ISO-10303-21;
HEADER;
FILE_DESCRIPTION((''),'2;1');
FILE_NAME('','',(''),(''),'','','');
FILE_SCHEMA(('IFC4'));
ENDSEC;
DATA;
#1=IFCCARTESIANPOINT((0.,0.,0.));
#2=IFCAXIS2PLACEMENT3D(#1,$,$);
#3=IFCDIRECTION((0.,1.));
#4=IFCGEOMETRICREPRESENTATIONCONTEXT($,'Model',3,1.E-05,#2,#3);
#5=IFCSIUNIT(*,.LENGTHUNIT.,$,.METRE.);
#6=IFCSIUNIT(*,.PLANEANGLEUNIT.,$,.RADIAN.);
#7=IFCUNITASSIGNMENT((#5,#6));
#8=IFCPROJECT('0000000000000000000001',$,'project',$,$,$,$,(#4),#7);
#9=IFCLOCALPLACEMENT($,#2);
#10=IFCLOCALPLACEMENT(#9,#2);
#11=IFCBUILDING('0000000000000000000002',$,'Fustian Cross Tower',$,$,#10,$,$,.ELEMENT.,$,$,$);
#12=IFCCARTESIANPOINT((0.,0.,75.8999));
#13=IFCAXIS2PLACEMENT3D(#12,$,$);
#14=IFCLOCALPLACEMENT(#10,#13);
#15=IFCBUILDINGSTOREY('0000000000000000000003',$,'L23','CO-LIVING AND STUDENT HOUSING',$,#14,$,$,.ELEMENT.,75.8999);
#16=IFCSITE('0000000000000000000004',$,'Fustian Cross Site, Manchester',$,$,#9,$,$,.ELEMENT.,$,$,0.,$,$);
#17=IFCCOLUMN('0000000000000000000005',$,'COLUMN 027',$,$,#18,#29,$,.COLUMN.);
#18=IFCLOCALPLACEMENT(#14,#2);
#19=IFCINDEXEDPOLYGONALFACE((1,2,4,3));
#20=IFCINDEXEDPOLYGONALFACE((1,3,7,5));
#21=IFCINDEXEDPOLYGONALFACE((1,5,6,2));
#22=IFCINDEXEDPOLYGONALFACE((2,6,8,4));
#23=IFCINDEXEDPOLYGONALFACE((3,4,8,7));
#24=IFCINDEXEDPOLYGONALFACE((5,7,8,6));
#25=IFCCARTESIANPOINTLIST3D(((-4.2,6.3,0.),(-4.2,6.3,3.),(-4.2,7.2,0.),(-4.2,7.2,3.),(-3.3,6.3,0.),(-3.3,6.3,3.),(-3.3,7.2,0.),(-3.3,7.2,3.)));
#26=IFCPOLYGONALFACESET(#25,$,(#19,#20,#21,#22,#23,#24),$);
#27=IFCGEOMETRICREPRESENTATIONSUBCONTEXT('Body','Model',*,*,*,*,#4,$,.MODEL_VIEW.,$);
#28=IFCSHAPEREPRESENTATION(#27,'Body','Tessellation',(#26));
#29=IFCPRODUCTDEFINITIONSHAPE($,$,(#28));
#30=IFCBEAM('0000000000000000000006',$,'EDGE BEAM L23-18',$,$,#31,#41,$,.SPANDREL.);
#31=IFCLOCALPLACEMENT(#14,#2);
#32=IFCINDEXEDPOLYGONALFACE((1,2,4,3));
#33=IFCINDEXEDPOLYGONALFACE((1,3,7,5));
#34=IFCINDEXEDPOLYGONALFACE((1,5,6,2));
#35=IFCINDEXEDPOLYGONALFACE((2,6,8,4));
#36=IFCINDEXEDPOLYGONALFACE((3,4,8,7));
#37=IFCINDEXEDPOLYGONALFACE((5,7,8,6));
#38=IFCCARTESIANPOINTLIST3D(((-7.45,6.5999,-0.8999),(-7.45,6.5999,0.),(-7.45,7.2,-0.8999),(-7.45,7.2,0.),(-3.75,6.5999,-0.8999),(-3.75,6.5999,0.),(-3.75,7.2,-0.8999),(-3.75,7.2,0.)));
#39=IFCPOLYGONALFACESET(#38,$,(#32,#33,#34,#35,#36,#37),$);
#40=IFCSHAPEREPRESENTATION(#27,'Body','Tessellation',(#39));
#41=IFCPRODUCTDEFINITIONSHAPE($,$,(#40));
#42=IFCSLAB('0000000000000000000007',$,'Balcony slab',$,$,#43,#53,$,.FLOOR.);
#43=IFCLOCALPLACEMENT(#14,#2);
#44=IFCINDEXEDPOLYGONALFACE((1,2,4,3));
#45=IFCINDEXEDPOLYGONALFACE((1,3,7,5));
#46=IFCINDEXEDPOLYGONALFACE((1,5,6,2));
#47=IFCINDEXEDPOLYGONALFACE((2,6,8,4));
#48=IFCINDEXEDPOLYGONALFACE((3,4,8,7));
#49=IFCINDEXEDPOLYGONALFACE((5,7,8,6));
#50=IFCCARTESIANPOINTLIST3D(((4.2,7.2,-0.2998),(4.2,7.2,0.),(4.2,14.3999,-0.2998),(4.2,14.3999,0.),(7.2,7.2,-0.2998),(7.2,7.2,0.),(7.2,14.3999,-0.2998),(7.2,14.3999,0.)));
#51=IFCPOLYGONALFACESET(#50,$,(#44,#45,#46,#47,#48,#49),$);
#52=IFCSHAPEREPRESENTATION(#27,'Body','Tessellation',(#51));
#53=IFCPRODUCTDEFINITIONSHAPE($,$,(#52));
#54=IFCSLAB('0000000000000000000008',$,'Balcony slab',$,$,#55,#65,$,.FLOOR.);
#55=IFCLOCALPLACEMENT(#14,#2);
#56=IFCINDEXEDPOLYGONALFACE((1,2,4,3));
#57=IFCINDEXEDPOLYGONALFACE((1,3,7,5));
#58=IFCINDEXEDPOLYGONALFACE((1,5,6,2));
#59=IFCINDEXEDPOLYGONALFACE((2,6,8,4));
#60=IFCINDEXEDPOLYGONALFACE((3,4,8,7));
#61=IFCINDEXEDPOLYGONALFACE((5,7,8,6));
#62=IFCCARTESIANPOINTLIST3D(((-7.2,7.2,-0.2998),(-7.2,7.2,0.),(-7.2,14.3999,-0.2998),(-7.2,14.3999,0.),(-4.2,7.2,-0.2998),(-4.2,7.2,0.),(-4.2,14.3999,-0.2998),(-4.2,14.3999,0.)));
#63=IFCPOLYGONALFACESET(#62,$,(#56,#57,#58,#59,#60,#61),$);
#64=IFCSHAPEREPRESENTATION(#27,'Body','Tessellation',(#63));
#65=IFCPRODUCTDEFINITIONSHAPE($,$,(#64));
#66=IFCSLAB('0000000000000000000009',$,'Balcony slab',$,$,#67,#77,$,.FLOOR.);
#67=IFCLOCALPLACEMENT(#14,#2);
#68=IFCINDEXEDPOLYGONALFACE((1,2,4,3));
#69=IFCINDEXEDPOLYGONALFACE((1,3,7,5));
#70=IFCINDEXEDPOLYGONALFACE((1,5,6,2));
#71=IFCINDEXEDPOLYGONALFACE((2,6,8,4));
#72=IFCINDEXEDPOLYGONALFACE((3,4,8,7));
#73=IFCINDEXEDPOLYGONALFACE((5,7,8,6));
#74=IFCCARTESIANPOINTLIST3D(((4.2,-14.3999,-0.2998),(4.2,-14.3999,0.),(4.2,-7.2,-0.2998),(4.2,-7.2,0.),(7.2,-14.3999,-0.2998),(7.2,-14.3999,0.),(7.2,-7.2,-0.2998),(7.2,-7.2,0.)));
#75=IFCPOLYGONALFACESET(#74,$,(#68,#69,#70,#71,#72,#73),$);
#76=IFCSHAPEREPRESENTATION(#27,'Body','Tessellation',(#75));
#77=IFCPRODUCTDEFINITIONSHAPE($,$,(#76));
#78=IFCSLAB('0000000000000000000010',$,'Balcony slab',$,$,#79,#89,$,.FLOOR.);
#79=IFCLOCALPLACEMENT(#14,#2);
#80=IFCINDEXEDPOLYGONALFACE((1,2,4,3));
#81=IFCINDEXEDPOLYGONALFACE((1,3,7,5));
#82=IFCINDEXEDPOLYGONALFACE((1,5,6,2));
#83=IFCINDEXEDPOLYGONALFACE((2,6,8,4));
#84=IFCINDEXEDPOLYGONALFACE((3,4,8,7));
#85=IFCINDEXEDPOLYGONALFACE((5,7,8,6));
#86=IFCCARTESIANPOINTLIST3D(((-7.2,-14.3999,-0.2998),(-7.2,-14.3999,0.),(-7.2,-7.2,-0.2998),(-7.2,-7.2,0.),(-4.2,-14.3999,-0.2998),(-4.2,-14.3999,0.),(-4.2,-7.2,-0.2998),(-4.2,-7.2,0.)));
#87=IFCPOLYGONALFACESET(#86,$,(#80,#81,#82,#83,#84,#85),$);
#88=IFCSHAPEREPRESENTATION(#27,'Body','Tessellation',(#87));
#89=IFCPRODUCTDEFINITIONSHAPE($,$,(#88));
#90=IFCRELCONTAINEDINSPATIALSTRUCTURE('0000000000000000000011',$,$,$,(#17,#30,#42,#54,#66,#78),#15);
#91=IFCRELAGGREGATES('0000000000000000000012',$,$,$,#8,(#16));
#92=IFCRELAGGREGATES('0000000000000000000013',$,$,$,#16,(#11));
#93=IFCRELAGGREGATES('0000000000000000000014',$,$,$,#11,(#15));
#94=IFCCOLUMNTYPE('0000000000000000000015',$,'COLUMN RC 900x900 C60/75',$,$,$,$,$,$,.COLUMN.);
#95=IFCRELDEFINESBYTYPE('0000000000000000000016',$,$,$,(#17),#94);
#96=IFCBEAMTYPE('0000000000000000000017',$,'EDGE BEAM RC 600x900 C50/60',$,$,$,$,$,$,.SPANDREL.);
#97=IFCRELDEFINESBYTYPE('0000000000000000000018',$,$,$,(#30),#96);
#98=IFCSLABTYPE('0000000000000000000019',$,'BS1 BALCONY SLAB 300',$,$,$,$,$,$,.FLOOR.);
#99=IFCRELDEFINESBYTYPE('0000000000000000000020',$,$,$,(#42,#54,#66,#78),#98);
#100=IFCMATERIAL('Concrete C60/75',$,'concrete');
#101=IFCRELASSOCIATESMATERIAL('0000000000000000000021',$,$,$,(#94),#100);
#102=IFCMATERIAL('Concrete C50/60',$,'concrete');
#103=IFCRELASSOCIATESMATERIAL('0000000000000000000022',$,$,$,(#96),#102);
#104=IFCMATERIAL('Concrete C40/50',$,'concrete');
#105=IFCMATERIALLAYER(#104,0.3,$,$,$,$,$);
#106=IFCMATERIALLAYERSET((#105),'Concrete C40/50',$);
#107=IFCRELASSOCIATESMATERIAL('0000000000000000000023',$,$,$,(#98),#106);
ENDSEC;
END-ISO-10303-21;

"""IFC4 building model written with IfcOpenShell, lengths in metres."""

from ifc_helpers import new_model, si_unit, direction, frame, origin, origin_2d, place, context, subcontext, project, spatial, polyline, rectangle, outline, extrude, material, layer, layer_set, material_profile, profile_set, type_object, element, save


model = new_model("IFC4")

# Units and contexts
model_context = context("Model", 3, precision=1e-05, world=origin(), true_north=direction((0.0, 1.0)))
body_context = subcontext(model_context, "Body", "Model", "MODEL_VIEW")
ifc_project = project(units=[si_unit("LENGTHUNIT", "METRE"), si_unit("PLANEANGLEUNIT", "RADIAN")], contexts=[model_context])

# Site, building, storey
site_placement = place(None, origin())
site = spatial("IfcSite", under=ifc_project, at=site_placement, Name="Fustian Cross Site, Manchester", CompositionType="ELEMENT", RefElevation=0.0)
building_placement = place(site_placement, origin())
building = spatial("IfcBuilding", under=site, at=building_placement, Name="Fustian Cross Tower", CompositionType="ELEMENT")
storey_placement = place(building_placement, frame((0.0, 0.0, 75.8999)))
storey = spatial("IfcBuildingStorey", under=building, at=storey_placement, Name="L23", Description="CO-LIVING AND STUDENT HOUSING", CompositionType="ELEMENT", Elevation=75.8999)

# Column
ifc_material_1 = material(Name="Concrete C60/75", Category="concrete")
ifc_material_profile_1 = material_profile(ifc_material_1, rectangle(XDim=0.8999, YDim=0.8999, at=origin_2d()), Name="RC 900x900")
ifc_profile_set_1 = profile_set([ifc_material_profile_1], Name="Concrete C60/75")
column_type = type_object("IfcColumnType", Name="COLUMN RC 900x900 C60/75", PredefinedType="COLUMN", material=ifc_profile_set_1)
column_placement = place(storey_placement, frame((-3.75, 6.75, 0.0), z_axis=(0.0, 0.0, 1.0), x_axis=(1.0, 0.0, 0.0)))
element("IfcColumn", 1, at=column_placement, inside=storey, type_object=column_type, Name="COLUMN 027", PredefinedType="COLUMN", context=body_context, shape_type="SweptSolid", body=[
    extrude(rectangle(XDim=0.8999, YDim=0.8999, at=origin_2d()), origin(), (0.0, 0.0, 1.0), 3.0),
])

# Beam
ifc_material_2 = material(Name="Concrete C50/60", Category="concrete")
ifc_material_profile_2 = material_profile(ifc_material_2, rectangle(XDim=0.6001, YDim=0.8999, at=origin_2d()), Name="RC 600x900")
ifc_profile_set_2 = profile_set([ifc_material_profile_2], Name="Concrete C50/60")
beam_type = type_object("IfcBeamType", Name="EDGE BEAM RC 600x900 C50/60", PredefinedType="SPANDREL", material=ifc_profile_set_2)
beam_placement = place(storey_placement, frame((-3.75, 6.8999, -0.45), z_axis=(-1.0, 0.0, 0.0), x_axis=(0.0, -1.0, 0.0)))
element("IfcBeam", 2, at=beam_placement, inside=storey, type_object=beam_type, Name="EDGE BEAM L23-18", PredefinedType="SPANDREL", context=body_context, shape_type="SweptSolid", body=[
    extrude(rectangle(XDim=0.6001, YDim=0.8999, at=origin_2d()), origin(), (0.0, 0.0, 1.0), 3.7),
])

# Slabs
ifc_material_3 = material(Name="Concrete C40/50", Category="concrete")
ifc_layer_1 = layer(ifc_material_3, 0.3)
ifc_layer_set_1 = layer_set([ifc_layer_1], Name="Concrete C40/50")
slab_type_1 = type_object("IfcSlabType", Name="BS1 BALCONY SLAB 300", PredefinedType="FLOOR", material=ifc_layer_set_1)
slab_1_placement = place(storey_placement, frame((0.0, 0.0, -0.2998)))
element("IfcSlab", 3, at=slab_1_placement, inside=storey, type_object=slab_type_1, Name="Balcony slab", PredefinedType="FLOOR", context=body_context, shape_type="SweptSolid", body=[
    extrude(outline(polyline([(4.2, 7.2), (7.2, 7.2), (7.2, 14.3999), (4.2, 14.3999), (4.2, 7.2)])), origin(), (0.0, 0.0, 1.0), 0.2998),
])
slab_2_placement = place(storey_placement, frame((0.0, 0.0, -0.2998)))
element("IfcSlab", 4, at=slab_2_placement, inside=storey, type_object=slab_type_1, Name="Balcony slab", PredefinedType="FLOOR", context=body_context, shape_type="SweptSolid", body=[
    extrude(outline(polyline([(-7.2, 7.2), (-4.2, 7.2), (-4.2, 14.3999), (-7.2, 14.3999), (-7.2, 7.2)])), origin(), (0.0, 0.0, 1.0), 0.2998),
])
slab_3_placement = place(storey_placement, frame((0.0, 0.0, -0.2998)))
element("IfcSlab", 5, at=slab_3_placement, inside=storey, type_object=slab_type_1, Name="Balcony slab", PredefinedType="FLOOR", context=body_context, shape_type="SweptSolid", body=[
    extrude(outline(polyline([(4.2, -14.3999), (7.2, -14.3999), (7.2, -7.2), (4.2, -7.2), (4.2, -14.3999)])), origin(), (0.0, 0.0, 1.0), 0.2998),
])
slab_4_placement = place(storey_placement, frame((0.0, 0.0, -0.2998)))
element("IfcSlab", 6, at=slab_4_placement, inside=storey, type_object=slab_type_1, Name="Balcony slab", PredefinedType="FLOOR", context=body_context, shape_type="SweptSolid", body=[
    extrude(outline(polyline([(-7.2, -14.3999), (-4.2, -14.3999), (-4.2, -7.2), (-7.2, -7.2), (-7.2, -14.3999)])), origin(), (0.0, 0.0, 1.0), 0.2998),
])

save(model, "model.ifc")
